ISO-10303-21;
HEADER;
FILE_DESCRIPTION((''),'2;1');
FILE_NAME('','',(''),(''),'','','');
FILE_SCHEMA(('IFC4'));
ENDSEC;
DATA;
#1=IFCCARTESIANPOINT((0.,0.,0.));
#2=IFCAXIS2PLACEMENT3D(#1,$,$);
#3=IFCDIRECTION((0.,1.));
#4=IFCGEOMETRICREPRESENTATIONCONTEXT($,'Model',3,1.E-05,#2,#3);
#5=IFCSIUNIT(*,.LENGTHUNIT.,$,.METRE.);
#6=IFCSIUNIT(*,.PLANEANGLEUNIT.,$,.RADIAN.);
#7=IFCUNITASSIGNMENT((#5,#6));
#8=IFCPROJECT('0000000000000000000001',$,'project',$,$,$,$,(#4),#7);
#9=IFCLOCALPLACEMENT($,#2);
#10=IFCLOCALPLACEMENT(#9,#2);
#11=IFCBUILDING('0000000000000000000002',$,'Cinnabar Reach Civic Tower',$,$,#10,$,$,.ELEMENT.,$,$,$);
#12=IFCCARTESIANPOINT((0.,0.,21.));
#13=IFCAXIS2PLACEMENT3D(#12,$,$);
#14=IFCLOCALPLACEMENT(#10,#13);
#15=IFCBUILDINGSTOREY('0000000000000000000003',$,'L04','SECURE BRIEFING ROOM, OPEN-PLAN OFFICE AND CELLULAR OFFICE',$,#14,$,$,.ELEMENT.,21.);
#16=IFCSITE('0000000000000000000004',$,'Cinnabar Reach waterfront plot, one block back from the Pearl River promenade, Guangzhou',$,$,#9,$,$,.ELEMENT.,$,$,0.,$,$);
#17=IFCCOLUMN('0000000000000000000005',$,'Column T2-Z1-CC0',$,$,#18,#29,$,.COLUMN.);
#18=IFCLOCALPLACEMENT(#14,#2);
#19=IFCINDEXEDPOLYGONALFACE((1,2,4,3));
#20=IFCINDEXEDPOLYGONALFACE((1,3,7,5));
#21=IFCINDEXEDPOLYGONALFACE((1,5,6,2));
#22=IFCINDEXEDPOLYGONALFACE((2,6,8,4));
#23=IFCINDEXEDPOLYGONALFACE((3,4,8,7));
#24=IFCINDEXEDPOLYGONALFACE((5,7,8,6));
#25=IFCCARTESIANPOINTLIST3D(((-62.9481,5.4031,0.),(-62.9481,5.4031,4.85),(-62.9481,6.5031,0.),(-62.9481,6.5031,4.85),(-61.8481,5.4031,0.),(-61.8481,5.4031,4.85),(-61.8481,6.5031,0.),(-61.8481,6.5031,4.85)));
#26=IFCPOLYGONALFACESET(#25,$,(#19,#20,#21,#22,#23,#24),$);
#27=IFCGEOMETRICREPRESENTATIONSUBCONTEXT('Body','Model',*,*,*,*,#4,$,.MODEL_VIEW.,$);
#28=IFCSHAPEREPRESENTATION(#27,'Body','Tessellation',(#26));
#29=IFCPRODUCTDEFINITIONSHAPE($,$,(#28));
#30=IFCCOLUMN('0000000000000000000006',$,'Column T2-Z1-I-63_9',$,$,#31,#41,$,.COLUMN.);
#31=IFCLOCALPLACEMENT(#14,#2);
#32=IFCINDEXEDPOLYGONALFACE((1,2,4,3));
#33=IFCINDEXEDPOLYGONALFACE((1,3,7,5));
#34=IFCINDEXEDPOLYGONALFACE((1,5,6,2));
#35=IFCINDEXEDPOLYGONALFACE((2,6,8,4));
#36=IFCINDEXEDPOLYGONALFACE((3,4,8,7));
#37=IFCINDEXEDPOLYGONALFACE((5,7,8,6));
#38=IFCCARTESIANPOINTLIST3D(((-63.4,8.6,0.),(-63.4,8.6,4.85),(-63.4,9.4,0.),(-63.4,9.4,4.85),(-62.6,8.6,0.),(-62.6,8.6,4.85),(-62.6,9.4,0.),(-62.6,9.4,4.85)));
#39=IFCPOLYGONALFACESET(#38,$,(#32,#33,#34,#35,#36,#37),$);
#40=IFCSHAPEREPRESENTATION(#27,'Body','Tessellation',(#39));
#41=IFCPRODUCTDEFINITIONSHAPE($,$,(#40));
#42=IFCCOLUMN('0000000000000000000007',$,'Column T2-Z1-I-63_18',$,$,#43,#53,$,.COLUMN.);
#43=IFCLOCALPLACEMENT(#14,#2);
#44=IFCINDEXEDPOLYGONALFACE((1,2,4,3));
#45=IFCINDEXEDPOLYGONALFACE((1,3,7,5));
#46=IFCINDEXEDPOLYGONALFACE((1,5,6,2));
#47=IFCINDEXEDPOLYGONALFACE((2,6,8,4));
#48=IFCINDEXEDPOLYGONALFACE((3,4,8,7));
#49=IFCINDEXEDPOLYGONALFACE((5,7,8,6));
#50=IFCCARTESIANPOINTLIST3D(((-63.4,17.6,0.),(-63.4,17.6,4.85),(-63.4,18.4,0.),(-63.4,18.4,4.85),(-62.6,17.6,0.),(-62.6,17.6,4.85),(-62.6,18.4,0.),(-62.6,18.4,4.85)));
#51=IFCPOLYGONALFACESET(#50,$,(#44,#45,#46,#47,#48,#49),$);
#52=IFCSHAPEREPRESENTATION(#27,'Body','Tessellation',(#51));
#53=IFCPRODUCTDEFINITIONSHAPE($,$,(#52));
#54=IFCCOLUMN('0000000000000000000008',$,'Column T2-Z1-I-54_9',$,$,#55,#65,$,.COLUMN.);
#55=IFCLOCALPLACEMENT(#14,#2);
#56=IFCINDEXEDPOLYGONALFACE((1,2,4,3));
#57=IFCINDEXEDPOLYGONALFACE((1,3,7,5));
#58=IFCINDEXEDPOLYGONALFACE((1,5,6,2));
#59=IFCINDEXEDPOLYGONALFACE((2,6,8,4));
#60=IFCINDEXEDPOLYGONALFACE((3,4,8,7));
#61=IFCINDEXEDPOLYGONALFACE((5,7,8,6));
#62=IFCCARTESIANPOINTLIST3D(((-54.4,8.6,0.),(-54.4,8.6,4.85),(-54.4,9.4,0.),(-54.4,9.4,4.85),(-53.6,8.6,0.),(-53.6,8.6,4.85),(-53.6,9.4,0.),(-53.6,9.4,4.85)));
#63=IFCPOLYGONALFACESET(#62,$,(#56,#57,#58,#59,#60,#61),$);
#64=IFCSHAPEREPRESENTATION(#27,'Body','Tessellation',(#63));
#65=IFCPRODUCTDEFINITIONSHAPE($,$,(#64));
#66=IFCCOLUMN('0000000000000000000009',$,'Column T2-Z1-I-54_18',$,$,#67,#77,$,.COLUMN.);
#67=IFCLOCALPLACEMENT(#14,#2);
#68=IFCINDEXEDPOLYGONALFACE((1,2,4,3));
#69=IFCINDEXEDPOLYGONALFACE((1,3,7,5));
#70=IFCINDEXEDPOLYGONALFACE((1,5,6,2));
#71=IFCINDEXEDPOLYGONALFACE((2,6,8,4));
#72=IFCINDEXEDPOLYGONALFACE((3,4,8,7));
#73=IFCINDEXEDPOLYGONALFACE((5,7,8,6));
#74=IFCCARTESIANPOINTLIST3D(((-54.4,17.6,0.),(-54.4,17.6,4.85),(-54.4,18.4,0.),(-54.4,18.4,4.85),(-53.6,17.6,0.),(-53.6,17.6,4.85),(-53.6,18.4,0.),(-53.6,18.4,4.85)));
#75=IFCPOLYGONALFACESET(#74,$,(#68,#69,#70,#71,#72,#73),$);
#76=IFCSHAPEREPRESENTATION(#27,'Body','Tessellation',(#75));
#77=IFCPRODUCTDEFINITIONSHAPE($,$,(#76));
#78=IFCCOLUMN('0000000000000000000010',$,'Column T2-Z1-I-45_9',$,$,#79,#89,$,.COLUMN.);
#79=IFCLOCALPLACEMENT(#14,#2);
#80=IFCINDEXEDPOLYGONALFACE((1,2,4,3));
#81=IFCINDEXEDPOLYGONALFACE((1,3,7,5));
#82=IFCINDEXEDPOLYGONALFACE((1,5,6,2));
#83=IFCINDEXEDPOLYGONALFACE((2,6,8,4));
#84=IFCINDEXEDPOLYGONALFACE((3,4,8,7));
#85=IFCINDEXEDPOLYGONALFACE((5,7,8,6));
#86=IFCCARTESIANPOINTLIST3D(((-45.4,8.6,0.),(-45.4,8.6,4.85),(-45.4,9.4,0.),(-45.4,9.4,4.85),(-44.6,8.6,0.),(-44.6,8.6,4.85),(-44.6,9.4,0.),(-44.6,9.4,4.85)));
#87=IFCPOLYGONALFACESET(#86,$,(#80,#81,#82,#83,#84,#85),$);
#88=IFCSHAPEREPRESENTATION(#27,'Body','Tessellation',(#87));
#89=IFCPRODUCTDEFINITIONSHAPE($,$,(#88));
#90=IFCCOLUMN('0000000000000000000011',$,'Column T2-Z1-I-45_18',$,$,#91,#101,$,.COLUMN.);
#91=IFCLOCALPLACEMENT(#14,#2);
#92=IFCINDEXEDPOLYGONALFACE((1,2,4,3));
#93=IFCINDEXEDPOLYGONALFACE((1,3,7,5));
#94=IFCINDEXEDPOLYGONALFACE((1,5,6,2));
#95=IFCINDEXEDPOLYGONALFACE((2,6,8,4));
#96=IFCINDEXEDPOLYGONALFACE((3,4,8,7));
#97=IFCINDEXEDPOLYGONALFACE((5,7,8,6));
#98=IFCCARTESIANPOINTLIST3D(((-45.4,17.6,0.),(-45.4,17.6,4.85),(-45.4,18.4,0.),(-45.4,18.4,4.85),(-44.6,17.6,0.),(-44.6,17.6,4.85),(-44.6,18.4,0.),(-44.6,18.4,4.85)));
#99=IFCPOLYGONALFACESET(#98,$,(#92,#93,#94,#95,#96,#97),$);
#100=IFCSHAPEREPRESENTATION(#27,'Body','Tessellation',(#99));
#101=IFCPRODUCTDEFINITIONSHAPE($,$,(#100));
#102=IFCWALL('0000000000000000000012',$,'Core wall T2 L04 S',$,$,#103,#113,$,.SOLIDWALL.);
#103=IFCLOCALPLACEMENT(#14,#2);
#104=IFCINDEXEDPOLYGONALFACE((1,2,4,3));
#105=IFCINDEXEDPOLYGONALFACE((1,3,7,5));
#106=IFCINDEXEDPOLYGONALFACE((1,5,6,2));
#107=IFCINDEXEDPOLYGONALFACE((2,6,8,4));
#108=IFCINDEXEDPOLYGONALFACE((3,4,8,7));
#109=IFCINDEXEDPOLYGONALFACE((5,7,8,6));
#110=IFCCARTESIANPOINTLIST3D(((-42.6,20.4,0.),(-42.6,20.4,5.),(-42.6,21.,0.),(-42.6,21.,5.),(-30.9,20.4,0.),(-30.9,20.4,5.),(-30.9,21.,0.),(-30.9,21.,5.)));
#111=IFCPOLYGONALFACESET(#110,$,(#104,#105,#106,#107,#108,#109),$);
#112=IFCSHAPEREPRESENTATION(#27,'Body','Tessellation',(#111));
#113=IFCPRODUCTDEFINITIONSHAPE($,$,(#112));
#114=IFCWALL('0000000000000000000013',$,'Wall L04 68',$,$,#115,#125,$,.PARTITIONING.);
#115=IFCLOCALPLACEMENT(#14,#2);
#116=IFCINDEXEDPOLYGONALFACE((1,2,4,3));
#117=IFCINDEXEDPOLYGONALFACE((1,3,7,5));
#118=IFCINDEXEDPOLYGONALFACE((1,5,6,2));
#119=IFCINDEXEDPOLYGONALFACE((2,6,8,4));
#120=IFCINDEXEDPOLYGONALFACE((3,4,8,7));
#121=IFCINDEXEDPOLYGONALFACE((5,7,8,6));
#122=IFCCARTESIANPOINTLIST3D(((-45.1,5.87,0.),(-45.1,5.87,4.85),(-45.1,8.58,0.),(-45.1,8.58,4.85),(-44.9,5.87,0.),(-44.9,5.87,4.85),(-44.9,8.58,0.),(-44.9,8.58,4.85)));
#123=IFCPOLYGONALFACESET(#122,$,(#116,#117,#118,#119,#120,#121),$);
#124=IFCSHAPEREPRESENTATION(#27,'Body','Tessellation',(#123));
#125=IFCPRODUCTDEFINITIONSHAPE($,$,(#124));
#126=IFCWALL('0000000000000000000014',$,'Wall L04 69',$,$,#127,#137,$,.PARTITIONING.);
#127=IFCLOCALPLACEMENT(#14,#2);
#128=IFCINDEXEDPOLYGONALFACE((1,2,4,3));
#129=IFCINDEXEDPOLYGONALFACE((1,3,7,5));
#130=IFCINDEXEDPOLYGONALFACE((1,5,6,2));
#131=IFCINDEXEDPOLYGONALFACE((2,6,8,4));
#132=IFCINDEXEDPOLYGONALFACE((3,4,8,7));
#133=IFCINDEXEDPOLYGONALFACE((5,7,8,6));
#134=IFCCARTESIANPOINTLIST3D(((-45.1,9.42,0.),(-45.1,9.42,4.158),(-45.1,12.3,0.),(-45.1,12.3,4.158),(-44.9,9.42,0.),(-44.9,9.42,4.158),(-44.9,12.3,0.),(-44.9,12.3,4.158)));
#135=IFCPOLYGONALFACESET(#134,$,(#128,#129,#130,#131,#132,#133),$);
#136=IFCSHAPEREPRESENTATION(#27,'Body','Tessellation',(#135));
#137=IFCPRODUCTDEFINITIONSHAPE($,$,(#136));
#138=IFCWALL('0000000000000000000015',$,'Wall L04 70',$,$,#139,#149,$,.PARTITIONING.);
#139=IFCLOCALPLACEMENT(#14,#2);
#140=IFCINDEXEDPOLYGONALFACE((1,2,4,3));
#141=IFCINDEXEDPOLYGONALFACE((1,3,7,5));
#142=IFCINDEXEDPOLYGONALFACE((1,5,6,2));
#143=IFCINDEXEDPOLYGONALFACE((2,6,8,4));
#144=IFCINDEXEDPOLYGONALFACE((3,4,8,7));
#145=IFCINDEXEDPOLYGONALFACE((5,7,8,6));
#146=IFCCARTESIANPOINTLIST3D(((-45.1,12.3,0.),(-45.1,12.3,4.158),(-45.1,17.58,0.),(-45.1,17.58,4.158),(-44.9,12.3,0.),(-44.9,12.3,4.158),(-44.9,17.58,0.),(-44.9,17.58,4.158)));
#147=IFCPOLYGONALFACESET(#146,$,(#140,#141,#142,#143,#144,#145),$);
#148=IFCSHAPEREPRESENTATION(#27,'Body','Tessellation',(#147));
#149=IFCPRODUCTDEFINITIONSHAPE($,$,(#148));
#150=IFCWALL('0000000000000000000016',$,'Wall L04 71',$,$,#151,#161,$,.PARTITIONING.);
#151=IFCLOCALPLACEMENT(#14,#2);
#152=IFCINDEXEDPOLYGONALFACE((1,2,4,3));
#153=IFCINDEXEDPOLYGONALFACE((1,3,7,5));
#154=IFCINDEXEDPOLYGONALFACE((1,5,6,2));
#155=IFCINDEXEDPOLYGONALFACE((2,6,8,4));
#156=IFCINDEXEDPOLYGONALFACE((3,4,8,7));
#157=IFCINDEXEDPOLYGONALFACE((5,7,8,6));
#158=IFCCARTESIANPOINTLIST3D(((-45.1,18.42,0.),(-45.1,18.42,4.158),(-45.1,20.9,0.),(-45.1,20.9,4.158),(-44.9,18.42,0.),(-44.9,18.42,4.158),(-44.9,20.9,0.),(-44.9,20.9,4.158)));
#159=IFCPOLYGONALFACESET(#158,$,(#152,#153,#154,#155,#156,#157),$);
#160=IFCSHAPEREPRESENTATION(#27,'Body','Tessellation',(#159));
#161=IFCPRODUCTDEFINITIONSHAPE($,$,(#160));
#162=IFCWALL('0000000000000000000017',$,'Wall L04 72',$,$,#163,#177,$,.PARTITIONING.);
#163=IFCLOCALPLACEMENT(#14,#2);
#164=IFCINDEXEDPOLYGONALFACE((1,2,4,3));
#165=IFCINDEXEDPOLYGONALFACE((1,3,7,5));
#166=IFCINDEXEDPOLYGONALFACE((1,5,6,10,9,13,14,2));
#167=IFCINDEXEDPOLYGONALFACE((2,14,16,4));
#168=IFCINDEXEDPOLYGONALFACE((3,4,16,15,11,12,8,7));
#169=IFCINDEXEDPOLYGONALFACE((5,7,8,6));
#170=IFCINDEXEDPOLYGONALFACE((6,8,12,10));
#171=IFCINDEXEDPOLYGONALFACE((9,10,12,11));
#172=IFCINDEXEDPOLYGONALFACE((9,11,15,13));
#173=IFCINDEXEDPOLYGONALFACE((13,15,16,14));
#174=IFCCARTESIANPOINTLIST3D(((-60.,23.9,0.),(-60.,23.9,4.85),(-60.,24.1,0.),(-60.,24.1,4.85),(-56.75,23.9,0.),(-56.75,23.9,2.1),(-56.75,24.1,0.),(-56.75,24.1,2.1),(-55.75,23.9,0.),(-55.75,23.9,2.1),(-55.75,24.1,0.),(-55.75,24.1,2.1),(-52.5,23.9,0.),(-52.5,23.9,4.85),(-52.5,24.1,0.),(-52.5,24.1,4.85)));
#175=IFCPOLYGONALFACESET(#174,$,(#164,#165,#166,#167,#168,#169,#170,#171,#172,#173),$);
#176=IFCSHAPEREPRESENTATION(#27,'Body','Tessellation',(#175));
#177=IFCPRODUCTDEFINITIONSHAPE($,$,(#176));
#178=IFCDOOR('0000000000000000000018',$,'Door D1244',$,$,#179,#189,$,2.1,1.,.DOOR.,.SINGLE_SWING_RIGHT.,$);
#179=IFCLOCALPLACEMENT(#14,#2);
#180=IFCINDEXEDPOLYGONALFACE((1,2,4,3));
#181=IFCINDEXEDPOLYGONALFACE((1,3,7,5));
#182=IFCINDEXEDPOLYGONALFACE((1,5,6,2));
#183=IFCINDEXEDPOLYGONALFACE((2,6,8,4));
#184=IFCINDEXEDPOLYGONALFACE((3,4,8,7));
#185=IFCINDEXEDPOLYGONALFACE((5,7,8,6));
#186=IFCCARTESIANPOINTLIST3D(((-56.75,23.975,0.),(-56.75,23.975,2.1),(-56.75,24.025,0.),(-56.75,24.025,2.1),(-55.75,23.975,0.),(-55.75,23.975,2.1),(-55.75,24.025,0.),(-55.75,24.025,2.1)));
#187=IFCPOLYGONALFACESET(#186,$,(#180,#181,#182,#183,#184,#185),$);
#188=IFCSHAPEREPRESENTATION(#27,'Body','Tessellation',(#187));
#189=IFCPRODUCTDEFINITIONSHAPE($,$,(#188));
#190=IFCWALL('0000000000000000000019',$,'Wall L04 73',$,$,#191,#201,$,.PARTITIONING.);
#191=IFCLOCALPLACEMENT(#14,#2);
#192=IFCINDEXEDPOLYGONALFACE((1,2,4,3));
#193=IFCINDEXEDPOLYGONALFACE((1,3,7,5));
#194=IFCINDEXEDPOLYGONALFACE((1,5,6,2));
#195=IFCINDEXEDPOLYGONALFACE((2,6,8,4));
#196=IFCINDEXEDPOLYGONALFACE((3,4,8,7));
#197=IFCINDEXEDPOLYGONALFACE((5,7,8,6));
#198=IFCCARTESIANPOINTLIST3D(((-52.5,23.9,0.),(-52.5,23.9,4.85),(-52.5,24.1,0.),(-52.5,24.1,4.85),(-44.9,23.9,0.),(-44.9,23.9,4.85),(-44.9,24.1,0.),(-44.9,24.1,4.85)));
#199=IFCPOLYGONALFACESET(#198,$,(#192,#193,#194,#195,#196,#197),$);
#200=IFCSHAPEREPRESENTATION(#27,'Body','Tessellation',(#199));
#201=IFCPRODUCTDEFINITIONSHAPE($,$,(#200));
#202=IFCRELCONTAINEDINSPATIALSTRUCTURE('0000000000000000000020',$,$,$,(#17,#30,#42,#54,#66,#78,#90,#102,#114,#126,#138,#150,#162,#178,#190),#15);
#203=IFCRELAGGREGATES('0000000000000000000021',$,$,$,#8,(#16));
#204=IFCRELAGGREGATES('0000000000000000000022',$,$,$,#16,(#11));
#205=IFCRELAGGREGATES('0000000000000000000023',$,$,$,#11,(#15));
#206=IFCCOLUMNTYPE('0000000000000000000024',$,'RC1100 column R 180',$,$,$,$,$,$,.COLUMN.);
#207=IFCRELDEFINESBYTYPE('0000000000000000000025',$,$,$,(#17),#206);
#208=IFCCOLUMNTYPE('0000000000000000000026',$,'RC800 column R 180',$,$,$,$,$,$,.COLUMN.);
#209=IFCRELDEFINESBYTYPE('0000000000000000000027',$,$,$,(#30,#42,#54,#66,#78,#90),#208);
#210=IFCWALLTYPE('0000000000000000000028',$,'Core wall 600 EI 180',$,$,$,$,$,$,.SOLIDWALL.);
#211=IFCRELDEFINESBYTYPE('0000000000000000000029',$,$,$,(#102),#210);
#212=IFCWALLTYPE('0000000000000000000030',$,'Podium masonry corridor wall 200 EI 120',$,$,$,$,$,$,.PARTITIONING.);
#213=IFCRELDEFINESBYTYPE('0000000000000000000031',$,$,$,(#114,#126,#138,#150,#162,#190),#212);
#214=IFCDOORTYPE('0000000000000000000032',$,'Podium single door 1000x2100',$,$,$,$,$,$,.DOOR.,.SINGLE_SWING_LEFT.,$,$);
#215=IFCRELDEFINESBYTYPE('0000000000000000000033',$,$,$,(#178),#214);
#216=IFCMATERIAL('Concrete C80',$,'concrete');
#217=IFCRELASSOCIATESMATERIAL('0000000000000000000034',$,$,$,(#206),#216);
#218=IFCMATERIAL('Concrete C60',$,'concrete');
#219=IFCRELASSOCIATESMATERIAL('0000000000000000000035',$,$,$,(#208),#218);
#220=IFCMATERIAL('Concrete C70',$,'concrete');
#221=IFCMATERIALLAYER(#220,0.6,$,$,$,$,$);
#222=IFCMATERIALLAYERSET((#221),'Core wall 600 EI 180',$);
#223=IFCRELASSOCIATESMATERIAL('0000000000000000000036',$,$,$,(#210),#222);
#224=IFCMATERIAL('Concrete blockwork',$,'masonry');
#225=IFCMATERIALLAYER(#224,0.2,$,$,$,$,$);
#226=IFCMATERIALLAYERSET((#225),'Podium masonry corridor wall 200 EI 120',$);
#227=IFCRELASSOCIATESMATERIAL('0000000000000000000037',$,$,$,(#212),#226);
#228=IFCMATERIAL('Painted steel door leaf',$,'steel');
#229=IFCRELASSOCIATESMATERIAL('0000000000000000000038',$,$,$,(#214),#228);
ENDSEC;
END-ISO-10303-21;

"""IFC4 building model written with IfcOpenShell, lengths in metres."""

from ifc_helpers import new_model, si_unit, direction, frame, frame_2d, origin, origin_2d, place, context, subcontext, project, spatial, rectangle, extrude, material, layer, layer_set, material_profile, profile_set, type_object, element, fill, save


model = new_model("IFC4")

# Units and contexts
model_context = context("Model", 3, precision=1e-05, world=origin(), true_north=direction((0.0, 1.0)))
body_context = subcontext(model_context, "Body", "Model", "MODEL_VIEW")
ifc_project = project(units=[si_unit("LENGTHUNIT", "METRE"), si_unit("PLANEANGLEUNIT", "RADIAN")], contexts=[model_context])

# Site, building, storey
site_placement = place(None, origin())
site = spatial("IfcSite", under=ifc_project, at=site_placement, Name="Cinnabar Reach waterfront plot, one block back from the Pearl River promenade, Guangzhou", CompositionType="ELEMENT", RefElevation=0.0)
building_placement = place(site_placement, origin())
building = spatial("IfcBuilding", under=site, at=building_placement, Name="Cinnabar Reach Civic Tower", CompositionType="ELEMENT")
storey_placement = place(building_placement, frame((0.0, 0.0, 21.0)))
storey = spatial("IfcBuildingStorey", under=building, at=storey_placement, Name="L04", Description="SECURE BRIEFING ROOM, OPEN-PLAN OFFICE AND CELLULAR OFFICE", CompositionType="ELEMENT", Elevation=21.0)

# Columns
ifc_material_1 = material(Name="Concrete C80", Category="concrete")
ifc_material_profile_1 = material_profile(ifc_material_1, rectangle(XDim=1.1, YDim=1.1, at=origin_2d()), Name="RC1100")
ifc_profile_set_1 = profile_set([ifc_material_profile_1], Name="Concrete C80")
column_type_1 = type_object("IfcColumnType", Name="RC1100 column R 180", PredefinedType="COLUMN", material=ifc_profile_set_1)
column_placement = place(storey_placement, frame((-62.3981, 5.9531, 0.0), z_axis=(0.0, 0.0, 1.0), x_axis=(1.0, 0.0, 0.0)))
element("IfcColumn", 1, at=column_placement, inside=storey, type_object=column_type_1, Name="Column T2-Z1-CC0", PredefinedType="COLUMN", context=body_context, shape_type="SweptSolid", body=[
    extrude(rectangle(XDim=1.1, YDim=1.1, at=origin_2d()), origin(), (0.0, 0.0, 1.0), 4.85),
])
ifc_material_2 = material(Name="Concrete C60", Category="concrete")
ifc_material_profile_2 = material_profile(ifc_material_2, rectangle(XDim=0.8, YDim=0.8, at=origin_2d()), Name="RC800")
ifc_profile_set_2 = profile_set([ifc_material_profile_2], Name="Concrete C60")
column_type_2 = type_object("IfcColumnType", Name="RC800 column R 180", PredefinedType="COLUMN", material=ifc_profile_set_2)
for number, where, z_axis, x_axis, name in (
    (2, (-63.0, 9.0, 0.0), (0.0, 0.0, 1.0), (1.0, 0.0, 0.0), "Column T2-Z1-I-63_9"),
    (3, (-63.0, 18.0, 0.0), (0.0, 0.0, 1.0), (1.0, 0.0, 0.0), "Column T2-Z1-I-63_18"),
    (4, (-54.0, 9.0, 0.0), (0.0, 0.0, 1.0), (1.0, 0.0, 0.0), "Column T2-Z1-I-54_9"),
    (5, (-54.0, 18.0, 0.0), (0.0, 0.0, 1.0), (1.0, 0.0, 0.0), "Column T2-Z1-I-54_18"),
    (6, (-45.0, 9.0, 0.0), (0.0, 0.0, 1.0), (1.0, 0.0, 0.0), "Column T2-Z1-I-45_9"),
    (7, (-45.0, 18.0, 0.0), (0.0, 0.0, 1.0), (1.0, 0.0, 0.0), "Column T2-Z1-I-45_18"),
):
    element("IfcColumn", number, at=place(storey_placement, frame(where, z_axis=z_axis, x_axis=x_axis)), inside=storey, type_object=column_type_2, Name=name, PredefinedType="COLUMN", context=body_context, shape_type="SweptSolid", body=[
        extrude(rectangle(XDim=0.8, YDim=0.8, at=origin_2d()), origin(), (0.0, 0.0, 1.0), 4.85),
    ])

# Walls
ifc_material_3 = material(Name="Concrete C70", Category="concrete")
ifc_layer_1 = layer(ifc_material_3, 0.6)
ifc_layer_set_1 = layer_set([ifc_layer_1], Name="Core wall 600 EI 180")
wall_type_1 = type_object("IfcWallType", Name="Core wall 600 EI 180", PredefinedType="SOLIDWALL", material=ifc_layer_set_1)
wall_1_placement = place(storey_placement, frame((-42.6, 20.7, 0.0), z_axis=(0.0, 0.0, 1.0), x_axis=(1.0, 0.0, 0.0)))
element("IfcWall", 8, at=wall_1_placement, inside=storey, type_object=wall_type_1, Name="Core wall T2 L04 S", PredefinedType="SOLIDWALL", context=body_context, shape_type="SweptSolid", body=[
    extrude(rectangle(XDim=11.7, YDim=0.6, at=frame_2d((5.85, 0.0))), origin(), (0.0, 0.0, 1.0), 5.0),
])
ifc_material_4 = material(Name="Concrete blockwork", Category="masonry")
ifc_layer_2 = layer(ifc_material_4, 0.2)
ifc_layer_set_2 = layer_set([ifc_layer_2], Name="Podium masonry corridor wall 200 EI 120")
wall_type_2 = type_object("IfcWallType", Name="Podium masonry corridor wall 200 EI 120", PredefinedType="PARTITIONING", material=ifc_layer_set_2)
wall_2_placement = place(storey_placement, frame((-45.0, 5.87, 0.0), z_axis=(0.0, 0.0, 1.0), x_axis=(0.0, 1.0, 0.0)))
element("IfcWall", 9, at=wall_2_placement, inside=storey, type_object=wall_type_2, Name="Wall L04 68", PredefinedType="PARTITIONING", context=body_context, shape_type="SweptSolid", body=[
    extrude(rectangle(XDim=2.71, YDim=0.2, at=frame_2d((1.355, 0.0))), origin(), (0.0, 0.0, 1.0), 4.85),
])
wall_3_placement = place(storey_placement, frame((-45.0, 9.42, 0.0), z_axis=(0.0, 0.0, 1.0), x_axis=(0.0, 1.0, 0.0)))
element("IfcWall", 10, at=wall_3_placement, inside=storey, type_object=wall_type_2, Name="Wall L04 69", PredefinedType="PARTITIONING", context=body_context, shape_type="SweptSolid", body=[
    extrude(rectangle(XDim=2.88, YDim=0.2, at=frame_2d((1.44, 0.0))), origin(), (0.0, 0.0, 1.0), 4.158),
])
wall_4_placement = place(storey_placement, frame((-45.0, 12.3, 0.0), z_axis=(0.0, 0.0, 1.0), x_axis=(0.0, 1.0, 0.0)))
element("IfcWall", 11, at=wall_4_placement, inside=storey, type_object=wall_type_2, Name="Wall L04 70", PredefinedType="PARTITIONING", context=body_context, shape_type="SweptSolid", body=[
    extrude(rectangle(XDim=5.28, YDim=0.2, at=frame_2d((2.64, 0.0))), origin(), (0.0, 0.0, 1.0), 4.158),
])
wall_5_placement = place(storey_placement, frame((-45.0, 18.42, 0.0), z_axis=(0.0, 0.0, 1.0), x_axis=(0.0, 1.0, 0.0)))
element("IfcWall", 12, at=wall_5_placement, inside=storey, type_object=wall_type_2, Name="Wall L04 71", PredefinedType="PARTITIONING", context=body_context, shape_type="SweptSolid", body=[
    extrude(rectangle(XDim=2.48, YDim=0.2, at=frame_2d((1.24, 0.0))), origin(), (0.0, 0.0, 1.0), 4.158),
])

# Wall, opening, door
wall_6_placement = place(storey_placement, frame((-60.0, 24.0, 0.0), z_axis=(0.0, 0.0, 1.0), x_axis=(1.0, 0.0, 0.0)))
wall_6 = element("IfcWall", 13, at=wall_6_placement, inside=storey, type_object=wall_type_2, Name="Wall L04 72", PredefinedType="PARTITIONING", context=body_context, shape_type="SweptSolid", body=[
    extrude(rectangle(XDim=7.5, YDim=0.2, at=frame_2d((3.75, 0.0))), origin(), (0.0, 0.0, 1.0), 4.85),
])
opening_1_placement = place(wall_6_placement, frame((3.25, 0.0, 0.0)))
opening_1 = element("IfcOpeningElement", 14, at=opening_1_placement, cuts=wall_6, PredefinedType="OPENING", context=body_context, shape_type="SweptSolid", body=[
    extrude(rectangle(XDim=1.0, YDim=2.1, at=frame_2d((0.5, 1.05))), frame((0.0, 0.11, 0.0), z_axis=(0.0, -1.0, 0.0), x_axis=(1.0, 0.0, 0.0)), (0.0, 0.0, 1.0), 0.22),
])
ifc_material_5 = material(Name="Painted steel door leaf", Category="steel")
door_type_1 = type_object("IfcDoorType", Name="Podium single door 1000x2100", OperationType="SINGLE_SWING_LEFT", PredefinedType="DOOR", material=ifc_material_5)
door_1_placement = place(opening_1_placement, origin())
door_1 = element("IfcDoor", 15, at=door_1_placement, inside=storey, type_object=door_type_1, Name="Door D1244", OperationType="SINGLE_SWING_RIGHT", OverallHeight=2.1, OverallWidth=1.0, PredefinedType="DOOR", context=body_context, shape_type="SweptSolid", body=[
    extrude(rectangle(XDim=1.0, YDim=2.1, at=frame_2d((0.5, 1.05))), frame((0.0, 0.025, 0.0), z_axis=(0.0, -1.0, 0.0), x_axis=(1.0, 0.0, 0.0)), (0.0, 0.0, 1.0), 0.05),
])
fill(opening_1, door_1)

# Wall
wall_7_placement = place(storey_placement, frame((-52.5, 24.0, 0.0), z_axis=(0.0, 0.0, 1.0), x_axis=(1.0, 0.0, 0.0)))
element("IfcWall", 16, at=wall_7_placement, inside=storey, type_object=wall_type_2, Name="Wall L04 73", PredefinedType="PARTITIONING", context=body_context, shape_type="SweptSolid", body=[
    extrude(rectangle(XDim=7.6, YDim=0.2, at=frame_2d((3.8, 0.0))), origin(), (0.0, 0.0, 1.0), 4.85),
])

save(model, "model.ifc")
